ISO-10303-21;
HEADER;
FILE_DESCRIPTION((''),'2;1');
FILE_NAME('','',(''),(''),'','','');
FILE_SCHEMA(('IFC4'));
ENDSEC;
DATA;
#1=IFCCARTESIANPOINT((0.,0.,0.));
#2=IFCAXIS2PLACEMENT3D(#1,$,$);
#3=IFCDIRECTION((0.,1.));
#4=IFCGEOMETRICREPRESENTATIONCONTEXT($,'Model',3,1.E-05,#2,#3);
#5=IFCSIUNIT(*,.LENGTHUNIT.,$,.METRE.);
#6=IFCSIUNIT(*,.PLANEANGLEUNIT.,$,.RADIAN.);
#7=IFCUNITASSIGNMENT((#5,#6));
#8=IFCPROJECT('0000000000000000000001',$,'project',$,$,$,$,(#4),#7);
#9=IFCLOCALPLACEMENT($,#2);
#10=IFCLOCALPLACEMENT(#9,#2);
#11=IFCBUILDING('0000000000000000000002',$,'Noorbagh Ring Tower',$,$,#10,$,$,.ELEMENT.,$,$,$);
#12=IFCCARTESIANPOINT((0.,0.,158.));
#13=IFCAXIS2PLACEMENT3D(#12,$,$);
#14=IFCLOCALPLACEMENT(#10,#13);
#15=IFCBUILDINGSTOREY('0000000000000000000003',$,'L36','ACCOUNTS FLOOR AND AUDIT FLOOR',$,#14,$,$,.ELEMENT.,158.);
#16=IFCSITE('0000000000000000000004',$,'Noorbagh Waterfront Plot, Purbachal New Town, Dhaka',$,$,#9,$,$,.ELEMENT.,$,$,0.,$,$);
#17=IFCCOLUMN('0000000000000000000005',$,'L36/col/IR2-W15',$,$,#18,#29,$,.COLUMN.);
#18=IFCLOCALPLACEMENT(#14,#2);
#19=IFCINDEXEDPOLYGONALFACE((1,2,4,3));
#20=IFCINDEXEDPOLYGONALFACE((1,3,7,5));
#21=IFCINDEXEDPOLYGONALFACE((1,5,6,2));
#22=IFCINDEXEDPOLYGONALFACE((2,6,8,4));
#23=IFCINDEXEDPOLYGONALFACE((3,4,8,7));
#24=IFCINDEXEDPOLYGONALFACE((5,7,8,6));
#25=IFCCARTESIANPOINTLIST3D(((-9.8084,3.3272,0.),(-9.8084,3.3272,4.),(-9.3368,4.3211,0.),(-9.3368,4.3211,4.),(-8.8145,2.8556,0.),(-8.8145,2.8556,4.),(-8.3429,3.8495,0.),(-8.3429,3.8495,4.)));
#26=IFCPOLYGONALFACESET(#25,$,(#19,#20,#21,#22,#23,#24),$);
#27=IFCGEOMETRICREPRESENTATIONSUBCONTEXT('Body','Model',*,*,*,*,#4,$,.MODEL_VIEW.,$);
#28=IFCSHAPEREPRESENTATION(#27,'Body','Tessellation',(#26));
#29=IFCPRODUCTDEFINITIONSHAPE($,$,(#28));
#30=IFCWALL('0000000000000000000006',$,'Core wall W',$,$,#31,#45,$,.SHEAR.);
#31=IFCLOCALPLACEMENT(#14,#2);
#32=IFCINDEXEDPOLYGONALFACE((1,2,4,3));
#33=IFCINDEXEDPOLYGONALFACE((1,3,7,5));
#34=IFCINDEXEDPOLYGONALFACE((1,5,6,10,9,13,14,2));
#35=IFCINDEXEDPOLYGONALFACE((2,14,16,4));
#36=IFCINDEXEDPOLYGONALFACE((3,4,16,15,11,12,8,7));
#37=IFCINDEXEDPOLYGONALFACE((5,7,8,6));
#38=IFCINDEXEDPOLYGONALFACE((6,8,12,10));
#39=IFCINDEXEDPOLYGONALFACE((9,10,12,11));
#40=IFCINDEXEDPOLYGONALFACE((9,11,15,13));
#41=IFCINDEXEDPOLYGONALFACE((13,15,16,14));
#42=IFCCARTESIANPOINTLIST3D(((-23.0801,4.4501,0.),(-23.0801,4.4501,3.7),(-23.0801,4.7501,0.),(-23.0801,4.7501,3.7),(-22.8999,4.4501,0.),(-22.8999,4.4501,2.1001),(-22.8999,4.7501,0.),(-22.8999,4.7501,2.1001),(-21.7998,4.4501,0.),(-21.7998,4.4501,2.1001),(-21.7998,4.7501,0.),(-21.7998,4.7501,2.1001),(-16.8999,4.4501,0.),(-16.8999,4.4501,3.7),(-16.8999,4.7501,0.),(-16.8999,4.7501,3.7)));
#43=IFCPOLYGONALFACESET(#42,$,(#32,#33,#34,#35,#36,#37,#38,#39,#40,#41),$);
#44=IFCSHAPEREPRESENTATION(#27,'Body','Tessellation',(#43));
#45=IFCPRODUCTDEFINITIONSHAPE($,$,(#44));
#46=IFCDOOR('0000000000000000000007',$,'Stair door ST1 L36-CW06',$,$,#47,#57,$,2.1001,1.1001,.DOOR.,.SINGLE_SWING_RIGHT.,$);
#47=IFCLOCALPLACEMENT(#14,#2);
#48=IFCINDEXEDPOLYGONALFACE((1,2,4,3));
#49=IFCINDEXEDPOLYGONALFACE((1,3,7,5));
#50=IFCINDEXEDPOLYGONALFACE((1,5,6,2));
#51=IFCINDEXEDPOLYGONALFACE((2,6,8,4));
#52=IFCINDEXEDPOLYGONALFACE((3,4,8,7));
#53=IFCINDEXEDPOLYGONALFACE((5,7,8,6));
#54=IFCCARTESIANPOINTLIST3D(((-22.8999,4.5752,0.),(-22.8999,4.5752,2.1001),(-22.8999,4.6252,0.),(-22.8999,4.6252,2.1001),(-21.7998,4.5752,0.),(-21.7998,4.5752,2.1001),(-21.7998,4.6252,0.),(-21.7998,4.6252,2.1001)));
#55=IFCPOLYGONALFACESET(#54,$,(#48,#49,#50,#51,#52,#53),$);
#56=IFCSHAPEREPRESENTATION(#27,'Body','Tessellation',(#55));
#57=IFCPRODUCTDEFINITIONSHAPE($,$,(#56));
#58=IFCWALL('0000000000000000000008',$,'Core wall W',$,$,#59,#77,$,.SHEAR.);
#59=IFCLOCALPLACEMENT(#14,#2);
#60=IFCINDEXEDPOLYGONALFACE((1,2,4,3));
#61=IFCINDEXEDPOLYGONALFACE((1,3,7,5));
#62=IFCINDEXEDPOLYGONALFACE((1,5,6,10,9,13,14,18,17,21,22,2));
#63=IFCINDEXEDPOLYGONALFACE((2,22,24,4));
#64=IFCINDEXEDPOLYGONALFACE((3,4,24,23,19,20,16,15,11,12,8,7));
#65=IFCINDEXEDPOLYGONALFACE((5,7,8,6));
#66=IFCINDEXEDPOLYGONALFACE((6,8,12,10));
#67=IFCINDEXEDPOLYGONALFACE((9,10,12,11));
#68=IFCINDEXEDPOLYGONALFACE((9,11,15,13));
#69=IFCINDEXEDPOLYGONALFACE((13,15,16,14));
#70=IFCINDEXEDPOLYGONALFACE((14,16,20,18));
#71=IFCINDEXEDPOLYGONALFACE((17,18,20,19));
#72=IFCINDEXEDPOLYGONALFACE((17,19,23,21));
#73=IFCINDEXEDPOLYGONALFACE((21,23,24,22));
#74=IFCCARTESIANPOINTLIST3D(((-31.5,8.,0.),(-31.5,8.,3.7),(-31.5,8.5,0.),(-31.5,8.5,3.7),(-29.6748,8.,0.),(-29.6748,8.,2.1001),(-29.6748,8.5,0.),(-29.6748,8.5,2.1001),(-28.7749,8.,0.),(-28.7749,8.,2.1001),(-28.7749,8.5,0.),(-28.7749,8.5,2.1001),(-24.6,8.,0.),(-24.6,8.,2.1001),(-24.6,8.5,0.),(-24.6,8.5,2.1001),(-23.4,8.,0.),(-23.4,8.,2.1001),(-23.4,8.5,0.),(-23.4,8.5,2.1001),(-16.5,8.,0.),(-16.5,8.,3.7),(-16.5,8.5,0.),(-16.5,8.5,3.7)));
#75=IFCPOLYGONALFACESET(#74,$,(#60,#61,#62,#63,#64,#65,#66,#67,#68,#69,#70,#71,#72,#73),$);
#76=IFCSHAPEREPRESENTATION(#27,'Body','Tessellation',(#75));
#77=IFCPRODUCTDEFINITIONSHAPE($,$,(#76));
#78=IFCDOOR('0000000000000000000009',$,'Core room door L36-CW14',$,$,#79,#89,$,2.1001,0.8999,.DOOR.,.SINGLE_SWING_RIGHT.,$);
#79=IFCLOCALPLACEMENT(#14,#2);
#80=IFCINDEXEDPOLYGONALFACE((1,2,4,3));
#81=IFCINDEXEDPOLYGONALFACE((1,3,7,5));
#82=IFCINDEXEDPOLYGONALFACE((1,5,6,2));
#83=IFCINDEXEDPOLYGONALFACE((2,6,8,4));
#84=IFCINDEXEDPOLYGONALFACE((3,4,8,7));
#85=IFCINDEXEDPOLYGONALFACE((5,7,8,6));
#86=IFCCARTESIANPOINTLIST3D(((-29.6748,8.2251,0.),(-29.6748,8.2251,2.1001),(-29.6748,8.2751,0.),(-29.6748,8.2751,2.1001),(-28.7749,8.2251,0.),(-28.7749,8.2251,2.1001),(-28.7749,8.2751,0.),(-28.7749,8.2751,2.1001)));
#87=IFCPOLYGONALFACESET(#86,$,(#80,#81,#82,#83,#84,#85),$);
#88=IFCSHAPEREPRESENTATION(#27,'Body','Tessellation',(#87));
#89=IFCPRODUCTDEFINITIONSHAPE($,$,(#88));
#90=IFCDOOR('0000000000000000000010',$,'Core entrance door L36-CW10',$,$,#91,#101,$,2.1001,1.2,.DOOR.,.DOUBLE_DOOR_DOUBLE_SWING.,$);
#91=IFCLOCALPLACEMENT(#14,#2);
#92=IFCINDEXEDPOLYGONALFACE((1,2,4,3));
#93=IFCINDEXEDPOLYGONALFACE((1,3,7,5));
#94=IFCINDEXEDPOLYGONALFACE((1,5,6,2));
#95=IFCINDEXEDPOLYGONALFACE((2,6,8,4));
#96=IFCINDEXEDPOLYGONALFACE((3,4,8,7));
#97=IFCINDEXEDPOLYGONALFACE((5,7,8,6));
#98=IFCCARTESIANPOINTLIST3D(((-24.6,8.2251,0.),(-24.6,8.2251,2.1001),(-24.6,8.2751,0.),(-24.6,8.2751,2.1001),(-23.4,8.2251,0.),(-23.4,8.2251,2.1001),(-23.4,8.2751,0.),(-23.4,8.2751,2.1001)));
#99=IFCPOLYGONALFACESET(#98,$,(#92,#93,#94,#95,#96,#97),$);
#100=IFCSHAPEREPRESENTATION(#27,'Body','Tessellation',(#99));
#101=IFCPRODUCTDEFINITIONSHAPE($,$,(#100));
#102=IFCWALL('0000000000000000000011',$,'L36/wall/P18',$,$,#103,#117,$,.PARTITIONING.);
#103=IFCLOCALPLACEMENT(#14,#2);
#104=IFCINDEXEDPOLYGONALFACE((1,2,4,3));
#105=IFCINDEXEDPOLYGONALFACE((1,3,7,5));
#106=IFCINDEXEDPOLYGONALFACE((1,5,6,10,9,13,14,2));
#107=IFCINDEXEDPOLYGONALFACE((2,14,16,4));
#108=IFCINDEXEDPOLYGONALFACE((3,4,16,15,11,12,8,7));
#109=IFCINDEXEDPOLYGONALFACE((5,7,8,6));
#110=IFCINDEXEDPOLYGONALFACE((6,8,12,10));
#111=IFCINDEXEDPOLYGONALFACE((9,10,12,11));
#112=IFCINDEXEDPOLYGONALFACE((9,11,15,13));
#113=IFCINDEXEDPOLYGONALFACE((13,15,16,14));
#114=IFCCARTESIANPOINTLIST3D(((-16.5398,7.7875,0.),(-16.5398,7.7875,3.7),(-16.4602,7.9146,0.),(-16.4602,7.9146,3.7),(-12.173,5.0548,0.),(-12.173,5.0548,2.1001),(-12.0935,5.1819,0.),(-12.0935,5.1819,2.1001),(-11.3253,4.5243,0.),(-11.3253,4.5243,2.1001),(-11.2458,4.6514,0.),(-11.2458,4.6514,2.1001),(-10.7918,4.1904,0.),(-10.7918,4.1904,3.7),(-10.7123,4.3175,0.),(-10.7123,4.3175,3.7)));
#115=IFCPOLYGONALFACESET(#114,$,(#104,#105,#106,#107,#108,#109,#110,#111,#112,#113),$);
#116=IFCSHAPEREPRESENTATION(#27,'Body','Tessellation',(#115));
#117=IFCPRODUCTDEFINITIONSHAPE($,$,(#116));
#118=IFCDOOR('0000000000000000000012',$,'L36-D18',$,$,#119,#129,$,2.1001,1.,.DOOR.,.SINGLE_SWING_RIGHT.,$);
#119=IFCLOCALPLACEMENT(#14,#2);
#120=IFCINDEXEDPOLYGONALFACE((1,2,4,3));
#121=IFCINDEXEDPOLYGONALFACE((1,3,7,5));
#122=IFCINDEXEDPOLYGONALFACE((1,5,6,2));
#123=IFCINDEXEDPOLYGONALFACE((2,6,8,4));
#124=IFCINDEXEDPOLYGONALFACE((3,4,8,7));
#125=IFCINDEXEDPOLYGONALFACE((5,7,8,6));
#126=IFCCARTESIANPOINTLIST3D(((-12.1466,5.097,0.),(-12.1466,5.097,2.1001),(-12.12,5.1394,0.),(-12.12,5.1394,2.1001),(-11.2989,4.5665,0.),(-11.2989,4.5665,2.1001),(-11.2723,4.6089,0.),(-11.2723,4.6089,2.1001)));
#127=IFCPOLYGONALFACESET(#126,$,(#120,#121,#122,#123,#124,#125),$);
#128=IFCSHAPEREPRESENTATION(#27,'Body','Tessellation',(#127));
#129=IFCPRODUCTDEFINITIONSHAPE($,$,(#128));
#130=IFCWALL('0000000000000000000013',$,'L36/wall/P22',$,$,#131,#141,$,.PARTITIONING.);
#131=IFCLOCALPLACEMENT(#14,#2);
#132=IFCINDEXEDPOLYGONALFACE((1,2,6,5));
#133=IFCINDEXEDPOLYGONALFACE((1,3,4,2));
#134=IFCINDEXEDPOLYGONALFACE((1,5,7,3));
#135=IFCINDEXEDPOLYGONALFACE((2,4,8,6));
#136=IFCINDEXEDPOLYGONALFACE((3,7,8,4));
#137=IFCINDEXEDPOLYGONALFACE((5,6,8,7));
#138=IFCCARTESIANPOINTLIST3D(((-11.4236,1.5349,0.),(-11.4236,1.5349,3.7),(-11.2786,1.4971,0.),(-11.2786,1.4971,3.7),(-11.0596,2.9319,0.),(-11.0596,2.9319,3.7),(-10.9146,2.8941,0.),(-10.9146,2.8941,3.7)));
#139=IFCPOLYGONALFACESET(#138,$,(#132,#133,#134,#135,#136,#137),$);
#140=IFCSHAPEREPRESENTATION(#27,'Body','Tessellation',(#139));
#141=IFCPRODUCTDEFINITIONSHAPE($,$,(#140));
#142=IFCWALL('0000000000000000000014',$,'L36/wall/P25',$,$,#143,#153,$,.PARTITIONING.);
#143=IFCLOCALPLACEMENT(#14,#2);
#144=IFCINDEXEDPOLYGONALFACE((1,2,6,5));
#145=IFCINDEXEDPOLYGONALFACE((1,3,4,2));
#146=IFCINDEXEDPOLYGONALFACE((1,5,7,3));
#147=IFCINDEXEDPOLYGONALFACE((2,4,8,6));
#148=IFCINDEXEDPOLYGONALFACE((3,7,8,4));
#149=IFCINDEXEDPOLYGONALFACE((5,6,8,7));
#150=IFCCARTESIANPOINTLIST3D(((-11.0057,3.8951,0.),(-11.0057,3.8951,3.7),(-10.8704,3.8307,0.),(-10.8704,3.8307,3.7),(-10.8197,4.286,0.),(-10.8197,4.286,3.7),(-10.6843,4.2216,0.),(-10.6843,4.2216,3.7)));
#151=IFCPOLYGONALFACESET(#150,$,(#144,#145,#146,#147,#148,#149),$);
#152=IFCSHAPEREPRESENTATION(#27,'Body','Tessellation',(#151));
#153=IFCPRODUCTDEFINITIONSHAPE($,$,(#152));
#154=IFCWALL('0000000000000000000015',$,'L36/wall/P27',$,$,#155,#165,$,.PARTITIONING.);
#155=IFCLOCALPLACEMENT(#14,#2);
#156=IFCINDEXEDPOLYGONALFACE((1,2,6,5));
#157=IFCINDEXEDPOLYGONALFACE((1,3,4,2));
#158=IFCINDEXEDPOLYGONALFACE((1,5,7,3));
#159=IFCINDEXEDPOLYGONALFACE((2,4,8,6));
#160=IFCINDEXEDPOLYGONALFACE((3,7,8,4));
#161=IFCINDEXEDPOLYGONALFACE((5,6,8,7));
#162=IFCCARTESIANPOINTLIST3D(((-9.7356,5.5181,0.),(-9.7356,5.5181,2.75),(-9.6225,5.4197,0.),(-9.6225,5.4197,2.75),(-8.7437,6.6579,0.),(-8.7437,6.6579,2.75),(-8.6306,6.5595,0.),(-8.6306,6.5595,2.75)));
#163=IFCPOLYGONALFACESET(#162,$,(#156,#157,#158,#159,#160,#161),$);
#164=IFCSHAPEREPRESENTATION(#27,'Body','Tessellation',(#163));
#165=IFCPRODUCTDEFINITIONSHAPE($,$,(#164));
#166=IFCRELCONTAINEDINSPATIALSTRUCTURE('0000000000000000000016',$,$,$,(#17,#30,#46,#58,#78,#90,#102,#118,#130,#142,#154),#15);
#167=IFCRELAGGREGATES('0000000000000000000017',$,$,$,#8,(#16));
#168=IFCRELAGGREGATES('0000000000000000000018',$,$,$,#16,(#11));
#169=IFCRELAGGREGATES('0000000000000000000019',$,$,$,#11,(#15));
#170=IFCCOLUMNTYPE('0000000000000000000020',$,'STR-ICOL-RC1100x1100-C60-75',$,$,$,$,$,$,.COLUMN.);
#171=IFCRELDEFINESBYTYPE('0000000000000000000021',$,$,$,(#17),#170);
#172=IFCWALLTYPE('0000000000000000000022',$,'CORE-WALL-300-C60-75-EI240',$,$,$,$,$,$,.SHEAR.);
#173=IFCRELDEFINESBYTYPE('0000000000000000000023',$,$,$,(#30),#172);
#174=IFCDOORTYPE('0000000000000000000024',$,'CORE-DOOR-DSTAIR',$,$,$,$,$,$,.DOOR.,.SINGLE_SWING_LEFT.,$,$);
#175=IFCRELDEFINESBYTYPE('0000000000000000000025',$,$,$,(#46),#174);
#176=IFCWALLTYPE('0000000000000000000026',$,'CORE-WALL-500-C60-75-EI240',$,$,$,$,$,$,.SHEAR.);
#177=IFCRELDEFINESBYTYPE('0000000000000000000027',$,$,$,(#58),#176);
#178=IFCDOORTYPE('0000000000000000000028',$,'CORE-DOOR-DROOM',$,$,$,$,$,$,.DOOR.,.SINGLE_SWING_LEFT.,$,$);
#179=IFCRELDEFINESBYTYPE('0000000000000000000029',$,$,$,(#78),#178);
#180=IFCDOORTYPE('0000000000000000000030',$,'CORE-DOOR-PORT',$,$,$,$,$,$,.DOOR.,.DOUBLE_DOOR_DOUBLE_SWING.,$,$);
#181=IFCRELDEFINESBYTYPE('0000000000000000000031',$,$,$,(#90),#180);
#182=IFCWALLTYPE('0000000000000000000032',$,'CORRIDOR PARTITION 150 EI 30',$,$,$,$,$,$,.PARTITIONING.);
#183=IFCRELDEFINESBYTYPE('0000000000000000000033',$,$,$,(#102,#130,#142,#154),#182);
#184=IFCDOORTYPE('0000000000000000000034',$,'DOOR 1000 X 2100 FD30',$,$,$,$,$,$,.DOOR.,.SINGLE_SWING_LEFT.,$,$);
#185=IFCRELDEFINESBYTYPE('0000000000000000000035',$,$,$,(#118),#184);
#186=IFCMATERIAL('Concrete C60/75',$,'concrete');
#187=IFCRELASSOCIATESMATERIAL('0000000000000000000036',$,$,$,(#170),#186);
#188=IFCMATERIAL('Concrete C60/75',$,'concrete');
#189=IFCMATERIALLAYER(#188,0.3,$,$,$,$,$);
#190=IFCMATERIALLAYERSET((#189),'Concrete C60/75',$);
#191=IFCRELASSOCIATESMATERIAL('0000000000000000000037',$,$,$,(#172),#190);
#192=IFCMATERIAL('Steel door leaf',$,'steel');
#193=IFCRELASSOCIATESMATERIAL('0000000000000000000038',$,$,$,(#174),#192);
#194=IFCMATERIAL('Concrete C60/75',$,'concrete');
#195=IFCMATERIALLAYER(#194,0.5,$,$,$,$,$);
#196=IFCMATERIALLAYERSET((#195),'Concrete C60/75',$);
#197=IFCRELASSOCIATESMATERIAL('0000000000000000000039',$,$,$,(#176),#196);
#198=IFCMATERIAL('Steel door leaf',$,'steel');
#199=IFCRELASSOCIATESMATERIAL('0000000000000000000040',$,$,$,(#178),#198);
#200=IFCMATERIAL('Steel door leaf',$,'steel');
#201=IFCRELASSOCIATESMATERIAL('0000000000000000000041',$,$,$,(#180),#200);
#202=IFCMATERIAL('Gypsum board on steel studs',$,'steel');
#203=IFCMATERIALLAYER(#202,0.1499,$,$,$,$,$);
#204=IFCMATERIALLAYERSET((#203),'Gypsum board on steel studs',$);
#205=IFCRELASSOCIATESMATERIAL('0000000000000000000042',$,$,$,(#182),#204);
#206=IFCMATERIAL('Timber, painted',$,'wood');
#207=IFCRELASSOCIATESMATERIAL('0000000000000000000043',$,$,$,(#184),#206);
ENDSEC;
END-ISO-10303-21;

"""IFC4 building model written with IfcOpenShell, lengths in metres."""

from ifc_helpers import new_model, si_unit, direction, frame, frame_2d, origin, origin_2d, place, context, subcontext, project, spatial, rectangle, extrude, material, layer, layer_set, material_profile, profile_set, type_object, element, fill, save


model = new_model("IFC4")

# Units and contexts
model_context = context("Model", 3, precision=1e-05, world=origin(), true_north=direction((0.0, 1.0)))
body_context = subcontext(model_context, "Body", "Model", "MODEL_VIEW")
ifc_project = project(units=[si_unit("LENGTHUNIT", "METRE"), si_unit("PLANEANGLEUNIT", "RADIAN")], contexts=[model_context])

# Site, building, storey
site_placement = place(None, origin())
site = spatial("IfcSite", under=ifc_project, at=site_placement, Name="Noorbagh Waterfront Plot, Purbachal New Town, Dhaka", CompositionType="ELEMENT", RefElevation=0.0)
building_placement = place(site_placement, origin())
building = spatial("IfcBuilding", under=site, at=building_placement, Name="Noorbagh Ring Tower", CompositionType="ELEMENT")
storey_placement = place(building_placement, frame((0.0, 0.0, 158.0)))
storey = spatial("IfcBuildingStorey", under=building, at=storey_placement, Name="L36", Description="ACCOUNTS FLOOR AND AUDIT FLOOR", CompositionType="ELEMENT", Elevation=158.0)

# Column
ifc_material_1 = material(Name="Concrete C60/75", Category="concrete")
ifc_material_profile = material_profile(ifc_material_1, rectangle(XDim=1.1001, YDim=1.1001, at=origin_2d()), Name="RC1100x1100")
ifc_profile_set = profile_set([ifc_material_profile], Name="Concrete C60/75")
column_type = type_object("IfcColumnType", Name="STR-ICOL-RC1100x1100-C60-75", PredefinedType="COLUMN", material=ifc_profile_set)
column_placement = place(storey_placement, frame((-9.0757, 3.5884, 0.0), z_axis=(0.0, 0.0, 1.0), x_axis=(-0.428667, -0.903463, 0.0)))
element("IfcColumn", 1, at=column_placement, inside=storey, type_object=column_type, Name="L36/col/IR2-W15", PredefinedType="COLUMN", context=body_context, shape_type="SweptSolid", body=[
    extrude(rectangle(XDim=1.1001, YDim=1.1001, at=origin_2d()), origin(), (0.0, 0.0, 1.0), 4.0),
])

# Wall, opening, door
ifc_material_2 = material(Name="Concrete C60/75", Category="concrete")
ifc_layer_1 = layer(ifc_material_2, 0.3)
ifc_layer_set_1 = layer_set([ifc_layer_1], Name="Concrete C60/75")
wall_type_1 = type_object("IfcWallType", Name="CORE-WALL-300-C60-75-EI240", PredefinedType="SHEAR", material=ifc_layer_set_1)
wall_1_placement = place(storey_placement, frame((-16.8999, 4.6001, 0.0), z_axis=(0.0, 0.0, 1.0), x_axis=(-1.0, 0.0, 0.0)))
wall_1 = element("IfcWall", 2, at=wall_1_placement, inside=storey, type_object=wall_type_1, Name="Core wall W", PredefinedType="SHEAR", context=body_context, shape_type="SweptSolid", body=[
    extrude(rectangle(XDim=6.1802, YDim=0.3, at=frame_2d((3.0901, 0.0))), origin(), (0.0, 0.0, 1.0), 3.7),
])
opening_1_placement = place(wall_1_placement, frame((4.8999, 0.0, 0.0)))
opening_1 = element("IfcOpeningElement", 3, at=opening_1_placement, cuts=wall_1, PredefinedType="OPENING", context=body_context, shape_type="SweptSolid", body=[
    extrude(rectangle(XDim=1.1001, YDim=2.1001, at=frame_2d((0.55, 1.05))), frame((0.0, 0.1602, 0.0), z_axis=(0.0, -1.0, 0.0), x_axis=(1.0, 0.0, 0.0)), (0.0, 0.0, 1.0), 0.3201),
])
ifc_material_3 = material(Name="Steel door leaf", Category="steel")
door_type_1 = type_object("IfcDoorType", Name="CORE-DOOR-DSTAIR", OperationType="SINGLE_SWING_LEFT", PredefinedType="DOOR", material=ifc_material_3)
door_1_placement = place(opening_1_placement, origin())
door_1 = element("IfcDoor", 4, at=door_1_placement, inside=storey, type_object=door_type_1, Name="Stair door ST1 L36-CW06", OperationType="SINGLE_SWING_RIGHT", OverallHeight=2.1001, OverallWidth=1.1001, PredefinedType="DOOR", context=body_context, shape_type="SweptSolid", body=[
    extrude(rectangle(XDim=1.1001, YDim=2.1001, at=frame_2d((0.55, 1.05))), frame((0.0, 0.0249, 0.0), z_axis=(0.0, -1.0, 0.0), x_axis=(1.0, 0.0, 0.0)), (0.0, 0.0, 1.0), 0.05),
])
fill(opening_1, door_1)

# Wall, openings, doors
ifc_material_4 = material(Name="Concrete C60/75", Category="concrete")
ifc_layer_2 = layer(ifc_material_4, 0.5)
ifc_layer_set_2 = layer_set([ifc_layer_2], Name="Concrete C60/75")
wall_type_2 = type_object("IfcWallType", Name="CORE-WALL-500-C60-75-EI240", PredefinedType="SHEAR", material=ifc_layer_set_2)
wall_2_placement = place(storey_placement, frame((-16.5, 8.25, 0.0), z_axis=(0.0, 0.0, 1.0), x_axis=(-1.0, 0.0, 0.0)))
wall_2 = element("IfcWall", 5, at=wall_2_placement, inside=storey, type_object=wall_type_2, Name="Core wall W", PredefinedType="SHEAR", context=body_context, shape_type="SweptSolid", body=[
    extrude(rectangle(XDim=15.0, YDim=0.5, at=frame_2d((7.5, 0.0))), origin(), (0.0, 0.0, 1.0), 3.7),
])
opening_2_placement = place(wall_2_placement, frame((6.8999, 0.0, 0.0)))
opening_2 = element("IfcOpeningElement", 6, at=opening_2_placement, cuts=wall_2, PredefinedType="OPENING", context=body_context, shape_type="SweptSolid", body=[
    extrude(rectangle(XDim=1.2, YDim=2.1001, at=frame_2d((0.6001, 1.05))), frame((0.0, 0.26, 0.0), z_axis=(0.0, -1.0, 0.0), x_axis=(1.0, 0.0, 0.0)), (0.0, 0.0, 1.0), 0.52),
])
opening_3_placement = place(wall_2_placement, frame((12.2749, 0.0, 0.0)))
opening_3 = element("IfcOpeningElement", 7, at=opening_3_placement, cuts=wall_2, PredefinedType="OPENING", context=body_context, shape_type="SweptSolid", body=[
    extrude(rectangle(XDim=0.8999, YDim=2.1001, at=frame_2d((0.45, 1.05))), frame((0.0, 0.26, 0.0), z_axis=(0.0, -1.0, 0.0), x_axis=(1.0, 0.0, 0.0)), (0.0, 0.0, 1.0), 0.52),
])
ifc_material_5 = material(Name="Steel door leaf", Category="steel")
door_type_2 = type_object("IfcDoorType", Name="CORE-DOOR-DROOM", OperationType="SINGLE_SWING_LEFT", PredefinedType="DOOR", material=ifc_material_5)
door_2_placement = place(opening_3_placement, origin())
door_2 = element("IfcDoor", 8, at=door_2_placement, inside=storey, type_object=door_type_2, Name="Core room door L36-CW14", OperationType="SINGLE_SWING_RIGHT", OverallHeight=2.1001, OverallWidth=0.8999, PredefinedType="DOOR", context=body_context, shape_type="SweptSolid", body=[
    extrude(rectangle(XDim=0.8999, YDim=2.1001, at=frame_2d((0.45, 1.05))), frame((0.0, 0.0249, 0.0), z_axis=(0.0, -1.0, 0.0), x_axis=(1.0, 0.0, 0.0)), (0.0, 0.0, 1.0), 0.05),
])
fill(opening_3, door_2)
ifc_material_6 = material(Name="Steel door leaf", Category="steel")
door_type_3 = type_object("IfcDoorType", Name="CORE-DOOR-PORT", OperationType="DOUBLE_DOOR_DOUBLE_SWING", PredefinedType="DOOR", material=ifc_material_6)
door_3_placement = place(opening_2_placement, origin())
door_3 = element("IfcDoor", 9, at=door_3_placement, inside=storey, type_object=door_type_3, Name="Core entrance door L36-CW10", OperationType="DOUBLE_DOOR_DOUBLE_SWING", OverallHeight=2.1001, OverallWidth=1.2, PredefinedType="DOOR", context=body_context, shape_type="SweptSolid", body=[
    extrude(rectangle(XDim=1.2, YDim=2.1001, at=frame_2d((0.6001, 1.05))), frame((0.0, 0.0249, 0.0), z_axis=(0.0, -1.0, 0.0), x_axis=(1.0, 0.0, 0.0)), (0.0, 0.0, 1.0), 0.05),
])
fill(opening_2, door_3)

# Wall, opening, door
ifc_material_7 = material(Name="Gypsum board on steel studs", Category="steel")
ifc_layer_3 = layer(ifc_material_7, 0.1499)
ifc_layer_set_3 = layer_set([ifc_layer_3], Name="Gypsum board on steel studs")
wall_type_3 = type_object("IfcWallType", Name="CORRIDOR PARTITION 150 EI 30", PredefinedType="PARTITIONING", material=ifc_layer_set_3)
wall_3_placement = place(storey_placement, frame((-16.5, 7.8511, 0.0), z_axis=(0.0, 0.0, 1.0), x_axis=(0.847691, -0.530491, 0.0)))
wall_3 = element("IfcWall", 10, at=wall_3_placement, inside=storey, type_object=wall_type_3, Name="L36/wall/P18", PredefinedType="PARTITIONING", context=body_context, shape_type="SweptSolid", body=[
    extrude(rectangle(XDim=6.7808, YDim=0.1499, at=frame_2d((3.3904, 0.0))), origin(), (0.0, 0.0, 1.0), 3.7),
])
opening_4_placement = place(wall_3_placement, frame((5.1514, 0.0, 0.0)))
opening_4 = element("IfcOpeningElement", 11, at=opening_4_placement, cuts=wall_3, PredefinedType="OPENING", context=body_context, shape_type="SweptSolid", body=[
    extrude(rectangle(XDim=1.0, YDim=2.1001, at=frame_2d((0.5, 1.05))), frame((0.0, 0.085, 0.0), z_axis=(0.0, -1.0, 0.0), x_axis=(1.0, 0.0, 0.0)), (0.0, 0.0, 1.0), 0.1699),
])
ifc_material_8 = material(Name="Timber, painted", Category="wood")
door_type_4 = type_object("IfcDoorType", Name="DOOR 1000 X 2100 FD30", OperationType="SINGLE_SWING_LEFT", PredefinedType="DOOR", material=ifc_material_8)
door_4_placement = place(opening_4_placement, origin())
door_4 = element("IfcDoor", 12, at=door_4_placement, inside=storey, type_object=door_type_4, Name="L36-D18", OperationType="SINGLE_SWING_RIGHT", OverallHeight=2.1001, OverallWidth=1.0, PredefinedType="DOOR", context=body_context, shape_type="SweptSolid", body=[
    extrude(rectangle(XDim=1.0, YDim=2.1001, at=frame_2d((0.5, 1.05))), frame((0.0, 0.0249, 0.0), z_axis=(0.0, -1.0, 0.0), x_axis=(1.0, 0.0, 0.0)), (0.0, 0.0, 1.0), 0.05),
])
fill(opening_4, door_4)

# Walls
wall_4_placement = place(storey_placement, frame((-11.3511, 1.5161, 0.0), z_axis=(0.0, 0.0, 1.0), x_axis=(0.252153, 0.967687, 0.0)))
element("IfcWall", 13, at=wall_4_placement, inside=storey, type_object=wall_type_3, Name="L36/wall/P22", PredefinedType="PARTITIONING", context=body_context, shape_type="SweptSolid", body=[
    extrude(rectangle(XDim=1.4436, YDim=0.1499, at=frame_2d((0.7217, 0.0))), origin(), (0.0, 0.0, 1.0), 3.7),
])
wall_5_placement = place(storey_placement, frame((-10.938, 3.863, 0.0), z_axis=(0.0, 0.0, 1.0), x_axis=(0.429758, 0.902944, 0.0)))
element("IfcWall", 14, at=wall_5_placement, inside=storey, type_object=wall_type_3, Name="L36/wall/P25", PredefinedType="PARTITIONING", context=body_context, shape_type="SweptSolid", body=[
    extrude(rectangle(XDim=0.4329, YDim=0.1499, at=frame_2d((0.2163, 0.0))), origin(), (0.0, 0.0, 1.0), 3.7),
])
wall_6_placement = place(storey_placement, frame((-9.679, 5.469, 0.0), z_axis=(0.0, 0.0, 1.0), x_axis=(0.656455, 0.754365, 0.0)))
element("IfcWall", 15, at=wall_6_placement, inside=storey, type_object=wall_type_3, Name="L36/wall/P27", PredefinedType="PARTITIONING", context=body_context, shape_type="SweptSolid", body=[
    extrude(rectangle(XDim=1.511, YDim=0.1499, at=frame_2d((0.7554, 0.0))), origin(), (0.0, 0.0, 1.0), 2.75),
])

save(model, "model.ifc")
